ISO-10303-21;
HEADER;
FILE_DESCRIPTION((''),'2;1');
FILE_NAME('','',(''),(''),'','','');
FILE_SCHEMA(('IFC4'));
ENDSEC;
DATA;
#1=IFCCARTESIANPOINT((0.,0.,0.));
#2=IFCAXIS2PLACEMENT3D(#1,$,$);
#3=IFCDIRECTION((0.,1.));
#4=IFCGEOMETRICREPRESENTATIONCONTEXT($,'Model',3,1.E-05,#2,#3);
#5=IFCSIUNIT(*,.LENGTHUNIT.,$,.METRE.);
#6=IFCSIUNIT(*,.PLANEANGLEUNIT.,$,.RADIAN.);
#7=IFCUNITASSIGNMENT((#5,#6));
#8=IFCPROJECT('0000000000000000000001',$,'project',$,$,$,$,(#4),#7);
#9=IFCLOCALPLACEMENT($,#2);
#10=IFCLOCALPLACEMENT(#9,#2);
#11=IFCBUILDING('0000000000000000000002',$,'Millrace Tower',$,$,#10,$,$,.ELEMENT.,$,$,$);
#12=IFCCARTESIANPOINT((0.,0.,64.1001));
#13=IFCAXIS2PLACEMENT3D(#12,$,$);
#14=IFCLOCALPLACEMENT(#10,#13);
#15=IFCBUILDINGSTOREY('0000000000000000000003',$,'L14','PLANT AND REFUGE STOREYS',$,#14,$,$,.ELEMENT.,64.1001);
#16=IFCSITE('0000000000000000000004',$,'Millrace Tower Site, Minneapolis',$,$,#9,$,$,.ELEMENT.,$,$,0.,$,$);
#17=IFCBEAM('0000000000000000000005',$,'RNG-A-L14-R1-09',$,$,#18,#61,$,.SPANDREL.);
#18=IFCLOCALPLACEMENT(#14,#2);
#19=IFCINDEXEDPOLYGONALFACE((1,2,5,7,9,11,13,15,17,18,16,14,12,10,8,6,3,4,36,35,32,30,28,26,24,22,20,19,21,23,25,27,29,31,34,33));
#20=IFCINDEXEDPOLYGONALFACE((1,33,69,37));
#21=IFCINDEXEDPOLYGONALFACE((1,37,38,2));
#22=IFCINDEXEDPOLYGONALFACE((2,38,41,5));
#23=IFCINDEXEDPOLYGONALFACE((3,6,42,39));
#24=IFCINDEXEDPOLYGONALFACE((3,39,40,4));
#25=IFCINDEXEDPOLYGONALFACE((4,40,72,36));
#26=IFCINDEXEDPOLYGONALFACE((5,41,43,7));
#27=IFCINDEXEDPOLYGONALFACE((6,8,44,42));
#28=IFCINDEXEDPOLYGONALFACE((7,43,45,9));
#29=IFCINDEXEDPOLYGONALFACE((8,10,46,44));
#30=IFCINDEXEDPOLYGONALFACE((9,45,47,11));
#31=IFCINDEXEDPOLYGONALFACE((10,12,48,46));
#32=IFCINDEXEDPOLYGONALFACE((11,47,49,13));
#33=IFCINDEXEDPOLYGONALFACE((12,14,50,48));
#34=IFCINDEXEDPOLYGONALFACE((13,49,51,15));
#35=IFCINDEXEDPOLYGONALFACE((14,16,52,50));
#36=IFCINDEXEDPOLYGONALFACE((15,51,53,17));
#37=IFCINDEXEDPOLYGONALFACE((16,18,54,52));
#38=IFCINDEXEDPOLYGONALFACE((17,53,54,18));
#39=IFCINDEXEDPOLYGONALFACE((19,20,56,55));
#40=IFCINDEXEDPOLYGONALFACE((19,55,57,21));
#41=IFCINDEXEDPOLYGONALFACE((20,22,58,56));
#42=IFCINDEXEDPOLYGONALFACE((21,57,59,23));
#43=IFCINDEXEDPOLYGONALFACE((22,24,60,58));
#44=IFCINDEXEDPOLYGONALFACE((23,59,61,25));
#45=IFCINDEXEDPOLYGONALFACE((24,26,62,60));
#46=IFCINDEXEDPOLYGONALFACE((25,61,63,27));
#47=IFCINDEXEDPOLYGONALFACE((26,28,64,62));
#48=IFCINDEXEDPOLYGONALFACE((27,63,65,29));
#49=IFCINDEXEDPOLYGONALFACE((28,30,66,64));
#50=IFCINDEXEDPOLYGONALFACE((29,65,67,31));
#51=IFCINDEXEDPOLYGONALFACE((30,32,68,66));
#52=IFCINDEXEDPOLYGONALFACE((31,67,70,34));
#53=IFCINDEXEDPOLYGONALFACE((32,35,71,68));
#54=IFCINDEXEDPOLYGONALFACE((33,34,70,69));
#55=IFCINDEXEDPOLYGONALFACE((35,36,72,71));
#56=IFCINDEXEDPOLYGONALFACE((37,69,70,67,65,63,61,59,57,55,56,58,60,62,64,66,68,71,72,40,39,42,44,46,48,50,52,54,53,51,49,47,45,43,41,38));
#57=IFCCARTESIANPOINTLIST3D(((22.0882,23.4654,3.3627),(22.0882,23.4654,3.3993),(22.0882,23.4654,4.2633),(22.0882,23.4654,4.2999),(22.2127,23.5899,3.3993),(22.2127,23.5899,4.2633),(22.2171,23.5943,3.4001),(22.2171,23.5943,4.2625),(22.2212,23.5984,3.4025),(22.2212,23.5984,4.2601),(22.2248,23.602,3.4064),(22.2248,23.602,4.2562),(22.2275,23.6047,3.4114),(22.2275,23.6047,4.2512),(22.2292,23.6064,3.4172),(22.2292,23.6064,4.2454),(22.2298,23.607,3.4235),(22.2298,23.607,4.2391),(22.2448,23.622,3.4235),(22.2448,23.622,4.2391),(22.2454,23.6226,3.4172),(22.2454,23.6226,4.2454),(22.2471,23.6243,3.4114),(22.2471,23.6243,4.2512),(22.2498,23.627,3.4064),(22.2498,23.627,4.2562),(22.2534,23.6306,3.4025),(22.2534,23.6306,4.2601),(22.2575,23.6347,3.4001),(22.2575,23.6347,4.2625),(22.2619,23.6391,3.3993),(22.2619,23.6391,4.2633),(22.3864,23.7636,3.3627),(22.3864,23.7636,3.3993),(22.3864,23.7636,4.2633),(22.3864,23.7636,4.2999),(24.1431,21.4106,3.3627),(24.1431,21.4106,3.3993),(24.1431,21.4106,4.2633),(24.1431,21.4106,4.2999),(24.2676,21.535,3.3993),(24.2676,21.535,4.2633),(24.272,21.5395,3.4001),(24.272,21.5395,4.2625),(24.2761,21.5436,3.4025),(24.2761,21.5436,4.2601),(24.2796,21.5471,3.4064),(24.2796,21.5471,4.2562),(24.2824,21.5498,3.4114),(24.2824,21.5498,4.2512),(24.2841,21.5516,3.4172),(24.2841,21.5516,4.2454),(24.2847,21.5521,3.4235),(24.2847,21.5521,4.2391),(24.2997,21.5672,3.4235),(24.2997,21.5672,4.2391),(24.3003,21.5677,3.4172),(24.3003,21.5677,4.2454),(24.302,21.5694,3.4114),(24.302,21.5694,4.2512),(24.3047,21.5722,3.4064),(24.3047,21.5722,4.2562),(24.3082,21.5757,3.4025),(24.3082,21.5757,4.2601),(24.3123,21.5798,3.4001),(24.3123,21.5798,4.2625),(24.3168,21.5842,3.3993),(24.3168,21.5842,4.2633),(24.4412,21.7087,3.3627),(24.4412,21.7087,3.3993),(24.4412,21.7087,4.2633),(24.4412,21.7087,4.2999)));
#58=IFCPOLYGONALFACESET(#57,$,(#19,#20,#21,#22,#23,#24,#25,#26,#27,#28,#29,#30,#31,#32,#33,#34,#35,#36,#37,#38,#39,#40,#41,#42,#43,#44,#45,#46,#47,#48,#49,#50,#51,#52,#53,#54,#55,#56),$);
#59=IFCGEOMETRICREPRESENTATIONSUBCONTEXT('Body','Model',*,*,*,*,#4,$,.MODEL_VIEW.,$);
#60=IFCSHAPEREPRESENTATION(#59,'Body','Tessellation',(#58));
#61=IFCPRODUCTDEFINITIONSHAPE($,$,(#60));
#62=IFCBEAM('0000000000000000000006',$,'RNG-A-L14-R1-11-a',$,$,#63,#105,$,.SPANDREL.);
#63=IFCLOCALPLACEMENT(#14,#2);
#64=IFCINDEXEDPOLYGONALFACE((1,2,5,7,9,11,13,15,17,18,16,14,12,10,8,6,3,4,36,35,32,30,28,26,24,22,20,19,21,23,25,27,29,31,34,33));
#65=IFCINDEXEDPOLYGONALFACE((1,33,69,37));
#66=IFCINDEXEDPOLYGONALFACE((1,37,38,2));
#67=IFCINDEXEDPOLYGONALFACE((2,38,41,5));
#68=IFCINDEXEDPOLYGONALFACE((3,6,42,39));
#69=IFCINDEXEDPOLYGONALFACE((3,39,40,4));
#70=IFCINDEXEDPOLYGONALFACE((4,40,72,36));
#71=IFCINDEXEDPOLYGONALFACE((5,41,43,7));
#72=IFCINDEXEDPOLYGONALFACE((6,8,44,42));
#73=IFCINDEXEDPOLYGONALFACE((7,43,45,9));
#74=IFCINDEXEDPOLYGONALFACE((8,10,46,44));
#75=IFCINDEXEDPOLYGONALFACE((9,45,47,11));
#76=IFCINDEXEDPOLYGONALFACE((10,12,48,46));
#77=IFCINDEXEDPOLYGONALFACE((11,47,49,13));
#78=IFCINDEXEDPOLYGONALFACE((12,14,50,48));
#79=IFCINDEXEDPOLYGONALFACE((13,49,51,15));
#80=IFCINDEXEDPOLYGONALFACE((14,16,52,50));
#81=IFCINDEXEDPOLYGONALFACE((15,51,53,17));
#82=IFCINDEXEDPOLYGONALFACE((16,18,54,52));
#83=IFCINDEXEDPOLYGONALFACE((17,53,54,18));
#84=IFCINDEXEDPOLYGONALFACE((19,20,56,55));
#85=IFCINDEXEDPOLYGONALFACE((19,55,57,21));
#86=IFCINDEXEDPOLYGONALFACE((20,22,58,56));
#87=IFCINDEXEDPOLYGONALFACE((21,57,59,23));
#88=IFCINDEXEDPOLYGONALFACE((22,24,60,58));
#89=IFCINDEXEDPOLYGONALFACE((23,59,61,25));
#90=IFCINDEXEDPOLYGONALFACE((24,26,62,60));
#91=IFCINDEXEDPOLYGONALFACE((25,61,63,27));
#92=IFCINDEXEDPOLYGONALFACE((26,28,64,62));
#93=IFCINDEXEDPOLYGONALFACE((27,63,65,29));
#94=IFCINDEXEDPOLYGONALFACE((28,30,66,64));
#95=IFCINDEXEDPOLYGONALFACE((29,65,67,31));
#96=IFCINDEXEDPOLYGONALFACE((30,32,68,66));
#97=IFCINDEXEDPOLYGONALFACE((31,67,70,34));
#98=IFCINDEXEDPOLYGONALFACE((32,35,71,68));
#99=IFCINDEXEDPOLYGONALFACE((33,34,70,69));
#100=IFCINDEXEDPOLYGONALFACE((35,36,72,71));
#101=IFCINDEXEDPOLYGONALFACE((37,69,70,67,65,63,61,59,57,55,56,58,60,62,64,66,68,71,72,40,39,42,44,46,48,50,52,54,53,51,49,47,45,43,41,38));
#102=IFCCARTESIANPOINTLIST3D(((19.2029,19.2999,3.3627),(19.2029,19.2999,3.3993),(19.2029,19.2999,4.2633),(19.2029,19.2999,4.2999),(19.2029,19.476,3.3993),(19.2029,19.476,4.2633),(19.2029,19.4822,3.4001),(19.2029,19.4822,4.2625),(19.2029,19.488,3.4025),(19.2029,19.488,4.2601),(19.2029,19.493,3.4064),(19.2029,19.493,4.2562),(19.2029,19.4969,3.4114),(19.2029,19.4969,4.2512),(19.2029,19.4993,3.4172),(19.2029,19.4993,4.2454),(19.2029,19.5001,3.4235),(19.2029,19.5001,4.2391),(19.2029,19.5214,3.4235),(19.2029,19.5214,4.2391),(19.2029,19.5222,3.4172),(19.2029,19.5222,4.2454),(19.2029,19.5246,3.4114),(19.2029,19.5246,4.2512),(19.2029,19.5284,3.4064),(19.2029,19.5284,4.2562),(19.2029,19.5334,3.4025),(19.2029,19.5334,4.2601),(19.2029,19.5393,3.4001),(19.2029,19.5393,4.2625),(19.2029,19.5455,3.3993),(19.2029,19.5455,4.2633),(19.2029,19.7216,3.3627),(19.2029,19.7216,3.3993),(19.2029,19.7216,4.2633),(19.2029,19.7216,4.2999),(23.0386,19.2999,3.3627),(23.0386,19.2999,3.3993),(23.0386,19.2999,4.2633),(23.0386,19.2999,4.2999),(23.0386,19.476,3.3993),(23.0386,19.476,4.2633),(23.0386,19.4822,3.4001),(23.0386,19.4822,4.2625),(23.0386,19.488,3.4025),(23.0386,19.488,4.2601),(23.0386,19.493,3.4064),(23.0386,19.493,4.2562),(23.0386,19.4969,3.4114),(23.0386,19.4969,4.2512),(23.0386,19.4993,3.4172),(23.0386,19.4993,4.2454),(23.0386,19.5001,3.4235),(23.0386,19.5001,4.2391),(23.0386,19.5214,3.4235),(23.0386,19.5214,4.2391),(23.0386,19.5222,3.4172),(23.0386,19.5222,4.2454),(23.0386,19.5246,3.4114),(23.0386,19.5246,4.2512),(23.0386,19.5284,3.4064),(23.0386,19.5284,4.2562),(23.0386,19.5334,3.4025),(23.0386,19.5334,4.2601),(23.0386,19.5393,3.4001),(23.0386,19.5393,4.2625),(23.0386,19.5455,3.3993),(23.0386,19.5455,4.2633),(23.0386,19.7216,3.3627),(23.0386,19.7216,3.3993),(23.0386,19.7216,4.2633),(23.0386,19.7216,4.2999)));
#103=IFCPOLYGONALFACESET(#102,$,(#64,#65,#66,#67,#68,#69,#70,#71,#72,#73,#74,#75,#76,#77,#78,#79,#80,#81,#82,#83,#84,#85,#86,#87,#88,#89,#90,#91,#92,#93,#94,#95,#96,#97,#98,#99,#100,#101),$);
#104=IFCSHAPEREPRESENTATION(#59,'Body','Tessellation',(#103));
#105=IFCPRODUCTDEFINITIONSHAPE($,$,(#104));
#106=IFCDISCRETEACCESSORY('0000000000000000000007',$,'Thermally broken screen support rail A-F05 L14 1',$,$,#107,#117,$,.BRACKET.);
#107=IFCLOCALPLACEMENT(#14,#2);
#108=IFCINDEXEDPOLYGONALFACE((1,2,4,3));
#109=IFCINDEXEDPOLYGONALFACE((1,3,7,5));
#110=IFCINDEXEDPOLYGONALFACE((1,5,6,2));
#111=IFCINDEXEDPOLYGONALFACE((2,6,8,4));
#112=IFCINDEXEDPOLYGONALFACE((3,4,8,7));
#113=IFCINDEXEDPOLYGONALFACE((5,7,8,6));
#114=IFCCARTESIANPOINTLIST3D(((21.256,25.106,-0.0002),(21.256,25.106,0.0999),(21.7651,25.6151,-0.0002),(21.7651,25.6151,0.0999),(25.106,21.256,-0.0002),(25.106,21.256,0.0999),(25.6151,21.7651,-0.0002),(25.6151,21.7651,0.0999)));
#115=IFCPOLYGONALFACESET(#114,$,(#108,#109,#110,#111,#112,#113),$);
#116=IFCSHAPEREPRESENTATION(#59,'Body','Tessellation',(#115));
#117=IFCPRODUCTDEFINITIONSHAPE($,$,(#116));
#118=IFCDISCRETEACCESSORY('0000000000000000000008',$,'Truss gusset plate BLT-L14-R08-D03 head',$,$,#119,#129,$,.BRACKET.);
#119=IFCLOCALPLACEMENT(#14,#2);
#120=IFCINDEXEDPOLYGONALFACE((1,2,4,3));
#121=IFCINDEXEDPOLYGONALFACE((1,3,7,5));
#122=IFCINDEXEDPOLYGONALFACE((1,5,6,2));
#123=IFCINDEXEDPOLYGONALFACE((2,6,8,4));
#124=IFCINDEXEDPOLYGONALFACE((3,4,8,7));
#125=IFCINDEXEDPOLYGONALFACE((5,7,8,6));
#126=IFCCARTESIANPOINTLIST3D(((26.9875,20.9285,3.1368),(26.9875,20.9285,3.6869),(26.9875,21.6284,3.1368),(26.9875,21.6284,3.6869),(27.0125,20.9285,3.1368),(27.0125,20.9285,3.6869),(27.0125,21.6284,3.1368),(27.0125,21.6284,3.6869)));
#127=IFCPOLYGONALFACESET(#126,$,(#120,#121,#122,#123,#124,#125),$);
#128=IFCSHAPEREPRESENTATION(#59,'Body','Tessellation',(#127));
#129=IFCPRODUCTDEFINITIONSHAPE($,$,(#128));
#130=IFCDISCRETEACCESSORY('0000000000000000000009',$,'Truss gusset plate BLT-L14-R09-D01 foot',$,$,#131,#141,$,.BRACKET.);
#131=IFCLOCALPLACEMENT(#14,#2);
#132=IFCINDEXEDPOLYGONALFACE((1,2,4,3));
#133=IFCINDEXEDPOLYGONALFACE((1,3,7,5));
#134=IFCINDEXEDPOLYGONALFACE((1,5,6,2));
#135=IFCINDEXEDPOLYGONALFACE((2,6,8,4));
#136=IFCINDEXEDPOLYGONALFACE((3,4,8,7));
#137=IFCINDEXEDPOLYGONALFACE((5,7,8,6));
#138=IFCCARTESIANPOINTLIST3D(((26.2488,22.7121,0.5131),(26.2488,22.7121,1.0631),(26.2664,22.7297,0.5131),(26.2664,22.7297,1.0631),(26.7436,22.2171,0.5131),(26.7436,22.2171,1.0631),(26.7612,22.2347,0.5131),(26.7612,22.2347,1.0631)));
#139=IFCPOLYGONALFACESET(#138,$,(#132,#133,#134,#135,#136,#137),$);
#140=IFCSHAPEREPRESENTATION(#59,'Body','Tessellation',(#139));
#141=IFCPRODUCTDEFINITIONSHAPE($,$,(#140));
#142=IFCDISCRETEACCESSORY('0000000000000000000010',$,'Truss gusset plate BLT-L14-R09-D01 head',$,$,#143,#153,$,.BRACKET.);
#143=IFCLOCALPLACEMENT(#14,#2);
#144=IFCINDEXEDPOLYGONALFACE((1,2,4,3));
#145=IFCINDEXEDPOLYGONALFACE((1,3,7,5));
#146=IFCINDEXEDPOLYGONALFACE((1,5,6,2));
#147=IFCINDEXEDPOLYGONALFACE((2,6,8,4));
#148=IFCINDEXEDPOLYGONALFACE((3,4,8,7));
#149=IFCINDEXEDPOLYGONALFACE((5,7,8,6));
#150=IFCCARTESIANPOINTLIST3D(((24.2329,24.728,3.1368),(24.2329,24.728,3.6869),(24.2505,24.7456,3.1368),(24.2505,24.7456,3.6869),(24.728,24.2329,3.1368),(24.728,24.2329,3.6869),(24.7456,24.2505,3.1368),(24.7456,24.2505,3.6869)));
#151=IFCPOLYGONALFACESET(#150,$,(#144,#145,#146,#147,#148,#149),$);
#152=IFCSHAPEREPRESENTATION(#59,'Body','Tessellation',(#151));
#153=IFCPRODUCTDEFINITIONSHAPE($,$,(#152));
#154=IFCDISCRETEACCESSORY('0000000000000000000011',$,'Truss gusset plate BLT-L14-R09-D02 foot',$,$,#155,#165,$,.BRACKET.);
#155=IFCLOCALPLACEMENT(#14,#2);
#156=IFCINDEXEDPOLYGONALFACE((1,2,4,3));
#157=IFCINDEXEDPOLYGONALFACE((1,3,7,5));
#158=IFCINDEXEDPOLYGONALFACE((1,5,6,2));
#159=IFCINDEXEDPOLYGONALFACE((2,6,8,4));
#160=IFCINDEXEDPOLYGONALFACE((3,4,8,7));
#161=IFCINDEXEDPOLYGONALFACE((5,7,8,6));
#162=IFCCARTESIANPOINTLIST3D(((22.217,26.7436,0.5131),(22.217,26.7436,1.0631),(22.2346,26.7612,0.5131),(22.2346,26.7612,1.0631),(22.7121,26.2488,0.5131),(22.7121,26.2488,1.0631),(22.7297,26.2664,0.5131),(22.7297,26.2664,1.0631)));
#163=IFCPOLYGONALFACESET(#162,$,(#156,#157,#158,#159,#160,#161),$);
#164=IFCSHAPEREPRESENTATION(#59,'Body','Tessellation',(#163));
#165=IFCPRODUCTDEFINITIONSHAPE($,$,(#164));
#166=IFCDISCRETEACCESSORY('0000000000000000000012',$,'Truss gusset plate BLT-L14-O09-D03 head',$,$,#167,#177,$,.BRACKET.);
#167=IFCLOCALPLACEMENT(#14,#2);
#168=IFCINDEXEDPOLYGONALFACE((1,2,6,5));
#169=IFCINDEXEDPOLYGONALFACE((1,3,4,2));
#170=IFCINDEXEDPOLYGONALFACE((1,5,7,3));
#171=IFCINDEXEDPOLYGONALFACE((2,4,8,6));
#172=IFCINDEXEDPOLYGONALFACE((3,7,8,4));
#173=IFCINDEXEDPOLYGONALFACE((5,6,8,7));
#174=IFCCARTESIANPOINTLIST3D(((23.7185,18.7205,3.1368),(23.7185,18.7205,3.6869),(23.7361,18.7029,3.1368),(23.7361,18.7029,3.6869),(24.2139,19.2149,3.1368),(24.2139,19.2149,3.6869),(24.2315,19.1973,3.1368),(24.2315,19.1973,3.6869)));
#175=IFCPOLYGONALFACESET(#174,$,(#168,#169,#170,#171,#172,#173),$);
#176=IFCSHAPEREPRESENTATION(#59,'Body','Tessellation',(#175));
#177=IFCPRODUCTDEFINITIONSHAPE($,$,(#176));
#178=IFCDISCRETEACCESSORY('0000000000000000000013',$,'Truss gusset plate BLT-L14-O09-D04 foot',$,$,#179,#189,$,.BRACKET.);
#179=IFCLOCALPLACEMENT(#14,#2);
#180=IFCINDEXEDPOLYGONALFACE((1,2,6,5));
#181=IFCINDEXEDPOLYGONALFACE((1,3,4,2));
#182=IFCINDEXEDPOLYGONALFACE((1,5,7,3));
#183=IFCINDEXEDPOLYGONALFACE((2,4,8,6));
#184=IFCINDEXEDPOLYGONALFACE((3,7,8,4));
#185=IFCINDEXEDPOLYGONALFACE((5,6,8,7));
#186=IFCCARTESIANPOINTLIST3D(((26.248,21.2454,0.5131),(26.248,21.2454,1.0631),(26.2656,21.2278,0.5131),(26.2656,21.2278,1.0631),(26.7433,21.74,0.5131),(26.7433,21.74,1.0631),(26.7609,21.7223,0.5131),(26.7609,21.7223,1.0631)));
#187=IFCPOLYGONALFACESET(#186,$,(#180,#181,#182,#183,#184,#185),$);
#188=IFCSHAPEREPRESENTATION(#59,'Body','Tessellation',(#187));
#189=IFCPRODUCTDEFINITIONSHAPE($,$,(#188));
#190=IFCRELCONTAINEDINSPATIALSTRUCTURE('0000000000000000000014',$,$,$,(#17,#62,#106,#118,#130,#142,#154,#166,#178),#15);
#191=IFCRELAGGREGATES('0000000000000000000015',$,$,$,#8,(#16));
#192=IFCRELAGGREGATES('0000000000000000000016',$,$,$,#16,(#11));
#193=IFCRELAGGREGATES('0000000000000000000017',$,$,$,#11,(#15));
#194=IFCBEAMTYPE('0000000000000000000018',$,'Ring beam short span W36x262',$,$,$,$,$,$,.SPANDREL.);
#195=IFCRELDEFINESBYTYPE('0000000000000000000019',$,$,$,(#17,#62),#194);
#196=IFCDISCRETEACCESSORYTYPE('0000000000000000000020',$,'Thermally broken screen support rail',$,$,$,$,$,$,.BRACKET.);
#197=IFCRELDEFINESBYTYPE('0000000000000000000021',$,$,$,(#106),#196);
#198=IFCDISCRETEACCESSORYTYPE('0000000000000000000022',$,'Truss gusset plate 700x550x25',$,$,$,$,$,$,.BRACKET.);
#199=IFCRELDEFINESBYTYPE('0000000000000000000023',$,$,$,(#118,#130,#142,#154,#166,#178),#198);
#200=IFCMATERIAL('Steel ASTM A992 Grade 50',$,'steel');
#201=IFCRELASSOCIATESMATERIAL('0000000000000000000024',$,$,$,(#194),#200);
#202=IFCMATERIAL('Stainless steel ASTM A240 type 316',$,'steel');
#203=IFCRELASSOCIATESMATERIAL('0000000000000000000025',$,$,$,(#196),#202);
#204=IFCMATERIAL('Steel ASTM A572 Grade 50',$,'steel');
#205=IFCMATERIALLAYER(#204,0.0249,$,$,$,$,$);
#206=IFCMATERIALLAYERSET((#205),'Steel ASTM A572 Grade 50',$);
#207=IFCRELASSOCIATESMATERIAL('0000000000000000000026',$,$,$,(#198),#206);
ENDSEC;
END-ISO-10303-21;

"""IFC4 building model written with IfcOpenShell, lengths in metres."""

from ifc_helpers import new_model, si_unit, direction, frame, origin, origin_2d, place, context, subcontext, project, spatial, rectangle, i_section, extrude, material, layer, layer_set, material_profile, profile_set, type_object, element, save


model = new_model("IFC4")

# Units and contexts
model_context = context("Model", 3, precision=1e-05, world=origin(), true_north=direction((0.0, 1.0)))
body_context = subcontext(model_context, "Body", "Model", "MODEL_VIEW")
ifc_project = project(units=[si_unit("LENGTHUNIT", "METRE"), si_unit("PLANEANGLEUNIT", "RADIAN")], contexts=[model_context])

# Site, building, storey
site_placement = place(None, origin())
site = spatial("IfcSite", under=ifc_project, at=site_placement, Name="Millrace Tower Site, Minneapolis", CompositionType="ELEMENT", RefElevation=0.0)
building_placement = place(site_placement, origin())
building = spatial("IfcBuilding", under=site, at=building_placement, Name="Millrace Tower", CompositionType="ELEMENT")
storey_placement = place(building_placement, frame((0.0, 0.0, 64.1001)))
storey = spatial("IfcBuildingStorey", under=building, at=storey_placement, Name="L14", Description="PLANT AND REFUGE STOREYS", CompositionType="ELEMENT", Elevation=64.1001)

# Beams
ifc_material_1 = material(Name="Steel ASTM A992 Grade 50", Category="steel")
ifc_material_profile_1 = material_profile(ifc_material_1, i_section(OverallWidth=0.4216, OverallDepth=0.9373, WebThickness=0.0212, FlangeThickness=0.0366, FilletRadius=0.0242, at=origin_2d()))
ifc_profile_set_1 = profile_set([ifc_material_profile_1], Name="Steel ASTM A992 Grade 50")
beam_type_1 = type_object("IfcBeamType", Name="Ring beam short span W36x262", PredefinedType="SPANDREL", material=ifc_profile_set_1)
beam_1_placement = place(storey_placement, frame((22.2373, 23.6145, 3.8313), z_axis=(0.707107, -0.707107, 0.0), x_axis=(0.707107, 0.707107, 0.0)))
element("IfcBeam", 1, at=beam_1_placement, inside=storey, type_object=beam_type_1, Name="RNG-A-L14-R1-09", PredefinedType="SPANDREL", context=body_context, shape_type="SweptSolid", body=[
    extrude(i_section(OverallWidth=0.4216, OverallDepth=0.9373, WebThickness=0.0212, FlangeThickness=0.0366, FilletRadius=0.0242, at=origin_2d()), origin(), (0.0, 0.0, 1.0), 2.906),
])
beam_2_placement = place(storey_placement, frame((23.0386, 19.5107, 3.8313), z_axis=(-1.0, 0.0, 0.0), x_axis=(0.0, -1.0, 0.0)))
element("IfcBeam", 2, at=beam_2_placement, inside=storey, type_object=beam_type_1, Name="RNG-A-L14-R1-11-a", PredefinedType="SPANDREL", context=body_context, shape_type="SweptSolid", body=[
    extrude(i_section(OverallWidth=0.4216, OverallDepth=0.9373, WebThickness=0.0212, FlangeThickness=0.0366, FilletRadius=0.0242, at=origin_2d()), origin(), (0.0, 0.0, 1.0), 3.8357),
])

# Discrete accessories
ifc_material_2 = material(Name="Stainless steel ASTM A240 type 316", Category="steel")
discrete_accessory_type_1 = type_object("IfcDiscreteAccessoryType", Name="Thermally broken screen support rail", PredefinedType="BRACKET", material=ifc_material_2)
discrete_accessory_1_placement = place(storey_placement, frame((23.4355, 23.4355, -0.0002), z_axis=(0.0, 0.0, 1.0), x_axis=(-0.707107, 0.707107, 0.0)))
element("IfcDiscreteAccessory", 3, at=discrete_accessory_1_placement, inside=storey, type_object=discrete_accessory_type_1, Name="Thermally broken screen support rail A-F05 L14 1", PredefinedType="BRACKET", context=body_context, shape_type="SweptSolid", body=[
    extrude(rectangle(XDim=5.4448, YDim=0.72, at=origin_2d()), origin(), (0.0, 0.0, 1.0), 0.1001),
])
ifc_material_3 = material(Name="Steel ASTM A572 Grade 50", Category="steel")
ifc_layer_1 = layer(ifc_material_3, 0.0249)
ifc_layer_set_1 = layer_set([ifc_layer_1], Name="Steel ASTM A572 Grade 50")
discrete_accessory_type_2 = type_object("IfcDiscreteAccessoryType", Name="Truss gusset plate 700x550x25", PredefinedType="BRACKET", material=ifc_layer_set_1)
for number, where, z_axis, x_axis, name in (
    (4, (27.0, 20.9285, 3.4119), (0.0, 1.0, 0.0), (-1.0, 0.0, 0.0), "Truss gusset plate BLT-L14-R08-D03 head"),
    (5, (26.2576, 22.7209, 0.7881), (0.706932, -0.707281, 0.0), (0.707281, 0.706932, 0.0), "Truss gusset plate BLT-L14-R09-D01 foot"),
):
    element("IfcDiscreteAccessory", number, at=place(storey_placement, frame(where, z_axis=z_axis, x_axis=x_axis)), inside=storey, type_object=discrete_accessory_type_2, Name=name, PredefinedType="BRACKET", context=body_context, shape_type="SweptSolid", body=[
        extrude(rectangle(XDim=0.0249, YDim=0.55, at=origin_2d()), origin(), (0.0, 0.0, 1.0), 0.7),
    ])
discrete_accessory_2_placement = place(storey_placement, frame((24.2417, 24.7368, 3.4119), z_axis=(0.707107, -0.707107, 0.0), x_axis=(0.707107, 0.707107, 0.0)))
element("IfcDiscreteAccessory", 6, at=discrete_accessory_2_placement, inside=storey, type_object=discrete_accessory_type_2, Name="Truss gusset plate BLT-L14-R09-D01 head", PredefinedType="BRACKET", context=body_context, shape_type="SweptSolid", body=[
    extrude(rectangle(XDim=0.0249, YDim=0.55, at=origin_2d()), origin(), (0.0, 0.0, 1.0), 0.7002),
])
for number, where, z_axis, x_axis, name in (
    (7, (22.2258, 26.7524, 0.7881), (0.707281, -0.706932, 0.0), (0.706932, 0.707281, 0.0), "Truss gusset plate BLT-L14-R09-D02 foot"),
    (8, (23.7273, 18.7117, 3.4119), (0.707804, 0.706409, 0.0), (-0.706409, 0.707804, 0.0), "Truss gusset plate BLT-L14-O09-D03 head"),
    (9, (26.2568, 21.2366, 0.7881), (0.70763, 0.706583, 0.0), (-0.706583, 0.70763, 0.0), "Truss gusset plate BLT-L14-O09-D04 foot"),
):
    element("IfcDiscreteAccessory", number, at=place(storey_placement, frame(where, z_axis=z_axis, x_axis=x_axis)), inside=storey, type_object=discrete_accessory_type_2, Name=name, PredefinedType="BRACKET", context=body_context, shape_type="SweptSolid", body=[
        extrude(rectangle(XDim=0.0249, YDim=0.55, at=origin_2d()), origin(), (0.0, 0.0, 1.0), 0.7),
    ])

save(model, "model.ifc")
